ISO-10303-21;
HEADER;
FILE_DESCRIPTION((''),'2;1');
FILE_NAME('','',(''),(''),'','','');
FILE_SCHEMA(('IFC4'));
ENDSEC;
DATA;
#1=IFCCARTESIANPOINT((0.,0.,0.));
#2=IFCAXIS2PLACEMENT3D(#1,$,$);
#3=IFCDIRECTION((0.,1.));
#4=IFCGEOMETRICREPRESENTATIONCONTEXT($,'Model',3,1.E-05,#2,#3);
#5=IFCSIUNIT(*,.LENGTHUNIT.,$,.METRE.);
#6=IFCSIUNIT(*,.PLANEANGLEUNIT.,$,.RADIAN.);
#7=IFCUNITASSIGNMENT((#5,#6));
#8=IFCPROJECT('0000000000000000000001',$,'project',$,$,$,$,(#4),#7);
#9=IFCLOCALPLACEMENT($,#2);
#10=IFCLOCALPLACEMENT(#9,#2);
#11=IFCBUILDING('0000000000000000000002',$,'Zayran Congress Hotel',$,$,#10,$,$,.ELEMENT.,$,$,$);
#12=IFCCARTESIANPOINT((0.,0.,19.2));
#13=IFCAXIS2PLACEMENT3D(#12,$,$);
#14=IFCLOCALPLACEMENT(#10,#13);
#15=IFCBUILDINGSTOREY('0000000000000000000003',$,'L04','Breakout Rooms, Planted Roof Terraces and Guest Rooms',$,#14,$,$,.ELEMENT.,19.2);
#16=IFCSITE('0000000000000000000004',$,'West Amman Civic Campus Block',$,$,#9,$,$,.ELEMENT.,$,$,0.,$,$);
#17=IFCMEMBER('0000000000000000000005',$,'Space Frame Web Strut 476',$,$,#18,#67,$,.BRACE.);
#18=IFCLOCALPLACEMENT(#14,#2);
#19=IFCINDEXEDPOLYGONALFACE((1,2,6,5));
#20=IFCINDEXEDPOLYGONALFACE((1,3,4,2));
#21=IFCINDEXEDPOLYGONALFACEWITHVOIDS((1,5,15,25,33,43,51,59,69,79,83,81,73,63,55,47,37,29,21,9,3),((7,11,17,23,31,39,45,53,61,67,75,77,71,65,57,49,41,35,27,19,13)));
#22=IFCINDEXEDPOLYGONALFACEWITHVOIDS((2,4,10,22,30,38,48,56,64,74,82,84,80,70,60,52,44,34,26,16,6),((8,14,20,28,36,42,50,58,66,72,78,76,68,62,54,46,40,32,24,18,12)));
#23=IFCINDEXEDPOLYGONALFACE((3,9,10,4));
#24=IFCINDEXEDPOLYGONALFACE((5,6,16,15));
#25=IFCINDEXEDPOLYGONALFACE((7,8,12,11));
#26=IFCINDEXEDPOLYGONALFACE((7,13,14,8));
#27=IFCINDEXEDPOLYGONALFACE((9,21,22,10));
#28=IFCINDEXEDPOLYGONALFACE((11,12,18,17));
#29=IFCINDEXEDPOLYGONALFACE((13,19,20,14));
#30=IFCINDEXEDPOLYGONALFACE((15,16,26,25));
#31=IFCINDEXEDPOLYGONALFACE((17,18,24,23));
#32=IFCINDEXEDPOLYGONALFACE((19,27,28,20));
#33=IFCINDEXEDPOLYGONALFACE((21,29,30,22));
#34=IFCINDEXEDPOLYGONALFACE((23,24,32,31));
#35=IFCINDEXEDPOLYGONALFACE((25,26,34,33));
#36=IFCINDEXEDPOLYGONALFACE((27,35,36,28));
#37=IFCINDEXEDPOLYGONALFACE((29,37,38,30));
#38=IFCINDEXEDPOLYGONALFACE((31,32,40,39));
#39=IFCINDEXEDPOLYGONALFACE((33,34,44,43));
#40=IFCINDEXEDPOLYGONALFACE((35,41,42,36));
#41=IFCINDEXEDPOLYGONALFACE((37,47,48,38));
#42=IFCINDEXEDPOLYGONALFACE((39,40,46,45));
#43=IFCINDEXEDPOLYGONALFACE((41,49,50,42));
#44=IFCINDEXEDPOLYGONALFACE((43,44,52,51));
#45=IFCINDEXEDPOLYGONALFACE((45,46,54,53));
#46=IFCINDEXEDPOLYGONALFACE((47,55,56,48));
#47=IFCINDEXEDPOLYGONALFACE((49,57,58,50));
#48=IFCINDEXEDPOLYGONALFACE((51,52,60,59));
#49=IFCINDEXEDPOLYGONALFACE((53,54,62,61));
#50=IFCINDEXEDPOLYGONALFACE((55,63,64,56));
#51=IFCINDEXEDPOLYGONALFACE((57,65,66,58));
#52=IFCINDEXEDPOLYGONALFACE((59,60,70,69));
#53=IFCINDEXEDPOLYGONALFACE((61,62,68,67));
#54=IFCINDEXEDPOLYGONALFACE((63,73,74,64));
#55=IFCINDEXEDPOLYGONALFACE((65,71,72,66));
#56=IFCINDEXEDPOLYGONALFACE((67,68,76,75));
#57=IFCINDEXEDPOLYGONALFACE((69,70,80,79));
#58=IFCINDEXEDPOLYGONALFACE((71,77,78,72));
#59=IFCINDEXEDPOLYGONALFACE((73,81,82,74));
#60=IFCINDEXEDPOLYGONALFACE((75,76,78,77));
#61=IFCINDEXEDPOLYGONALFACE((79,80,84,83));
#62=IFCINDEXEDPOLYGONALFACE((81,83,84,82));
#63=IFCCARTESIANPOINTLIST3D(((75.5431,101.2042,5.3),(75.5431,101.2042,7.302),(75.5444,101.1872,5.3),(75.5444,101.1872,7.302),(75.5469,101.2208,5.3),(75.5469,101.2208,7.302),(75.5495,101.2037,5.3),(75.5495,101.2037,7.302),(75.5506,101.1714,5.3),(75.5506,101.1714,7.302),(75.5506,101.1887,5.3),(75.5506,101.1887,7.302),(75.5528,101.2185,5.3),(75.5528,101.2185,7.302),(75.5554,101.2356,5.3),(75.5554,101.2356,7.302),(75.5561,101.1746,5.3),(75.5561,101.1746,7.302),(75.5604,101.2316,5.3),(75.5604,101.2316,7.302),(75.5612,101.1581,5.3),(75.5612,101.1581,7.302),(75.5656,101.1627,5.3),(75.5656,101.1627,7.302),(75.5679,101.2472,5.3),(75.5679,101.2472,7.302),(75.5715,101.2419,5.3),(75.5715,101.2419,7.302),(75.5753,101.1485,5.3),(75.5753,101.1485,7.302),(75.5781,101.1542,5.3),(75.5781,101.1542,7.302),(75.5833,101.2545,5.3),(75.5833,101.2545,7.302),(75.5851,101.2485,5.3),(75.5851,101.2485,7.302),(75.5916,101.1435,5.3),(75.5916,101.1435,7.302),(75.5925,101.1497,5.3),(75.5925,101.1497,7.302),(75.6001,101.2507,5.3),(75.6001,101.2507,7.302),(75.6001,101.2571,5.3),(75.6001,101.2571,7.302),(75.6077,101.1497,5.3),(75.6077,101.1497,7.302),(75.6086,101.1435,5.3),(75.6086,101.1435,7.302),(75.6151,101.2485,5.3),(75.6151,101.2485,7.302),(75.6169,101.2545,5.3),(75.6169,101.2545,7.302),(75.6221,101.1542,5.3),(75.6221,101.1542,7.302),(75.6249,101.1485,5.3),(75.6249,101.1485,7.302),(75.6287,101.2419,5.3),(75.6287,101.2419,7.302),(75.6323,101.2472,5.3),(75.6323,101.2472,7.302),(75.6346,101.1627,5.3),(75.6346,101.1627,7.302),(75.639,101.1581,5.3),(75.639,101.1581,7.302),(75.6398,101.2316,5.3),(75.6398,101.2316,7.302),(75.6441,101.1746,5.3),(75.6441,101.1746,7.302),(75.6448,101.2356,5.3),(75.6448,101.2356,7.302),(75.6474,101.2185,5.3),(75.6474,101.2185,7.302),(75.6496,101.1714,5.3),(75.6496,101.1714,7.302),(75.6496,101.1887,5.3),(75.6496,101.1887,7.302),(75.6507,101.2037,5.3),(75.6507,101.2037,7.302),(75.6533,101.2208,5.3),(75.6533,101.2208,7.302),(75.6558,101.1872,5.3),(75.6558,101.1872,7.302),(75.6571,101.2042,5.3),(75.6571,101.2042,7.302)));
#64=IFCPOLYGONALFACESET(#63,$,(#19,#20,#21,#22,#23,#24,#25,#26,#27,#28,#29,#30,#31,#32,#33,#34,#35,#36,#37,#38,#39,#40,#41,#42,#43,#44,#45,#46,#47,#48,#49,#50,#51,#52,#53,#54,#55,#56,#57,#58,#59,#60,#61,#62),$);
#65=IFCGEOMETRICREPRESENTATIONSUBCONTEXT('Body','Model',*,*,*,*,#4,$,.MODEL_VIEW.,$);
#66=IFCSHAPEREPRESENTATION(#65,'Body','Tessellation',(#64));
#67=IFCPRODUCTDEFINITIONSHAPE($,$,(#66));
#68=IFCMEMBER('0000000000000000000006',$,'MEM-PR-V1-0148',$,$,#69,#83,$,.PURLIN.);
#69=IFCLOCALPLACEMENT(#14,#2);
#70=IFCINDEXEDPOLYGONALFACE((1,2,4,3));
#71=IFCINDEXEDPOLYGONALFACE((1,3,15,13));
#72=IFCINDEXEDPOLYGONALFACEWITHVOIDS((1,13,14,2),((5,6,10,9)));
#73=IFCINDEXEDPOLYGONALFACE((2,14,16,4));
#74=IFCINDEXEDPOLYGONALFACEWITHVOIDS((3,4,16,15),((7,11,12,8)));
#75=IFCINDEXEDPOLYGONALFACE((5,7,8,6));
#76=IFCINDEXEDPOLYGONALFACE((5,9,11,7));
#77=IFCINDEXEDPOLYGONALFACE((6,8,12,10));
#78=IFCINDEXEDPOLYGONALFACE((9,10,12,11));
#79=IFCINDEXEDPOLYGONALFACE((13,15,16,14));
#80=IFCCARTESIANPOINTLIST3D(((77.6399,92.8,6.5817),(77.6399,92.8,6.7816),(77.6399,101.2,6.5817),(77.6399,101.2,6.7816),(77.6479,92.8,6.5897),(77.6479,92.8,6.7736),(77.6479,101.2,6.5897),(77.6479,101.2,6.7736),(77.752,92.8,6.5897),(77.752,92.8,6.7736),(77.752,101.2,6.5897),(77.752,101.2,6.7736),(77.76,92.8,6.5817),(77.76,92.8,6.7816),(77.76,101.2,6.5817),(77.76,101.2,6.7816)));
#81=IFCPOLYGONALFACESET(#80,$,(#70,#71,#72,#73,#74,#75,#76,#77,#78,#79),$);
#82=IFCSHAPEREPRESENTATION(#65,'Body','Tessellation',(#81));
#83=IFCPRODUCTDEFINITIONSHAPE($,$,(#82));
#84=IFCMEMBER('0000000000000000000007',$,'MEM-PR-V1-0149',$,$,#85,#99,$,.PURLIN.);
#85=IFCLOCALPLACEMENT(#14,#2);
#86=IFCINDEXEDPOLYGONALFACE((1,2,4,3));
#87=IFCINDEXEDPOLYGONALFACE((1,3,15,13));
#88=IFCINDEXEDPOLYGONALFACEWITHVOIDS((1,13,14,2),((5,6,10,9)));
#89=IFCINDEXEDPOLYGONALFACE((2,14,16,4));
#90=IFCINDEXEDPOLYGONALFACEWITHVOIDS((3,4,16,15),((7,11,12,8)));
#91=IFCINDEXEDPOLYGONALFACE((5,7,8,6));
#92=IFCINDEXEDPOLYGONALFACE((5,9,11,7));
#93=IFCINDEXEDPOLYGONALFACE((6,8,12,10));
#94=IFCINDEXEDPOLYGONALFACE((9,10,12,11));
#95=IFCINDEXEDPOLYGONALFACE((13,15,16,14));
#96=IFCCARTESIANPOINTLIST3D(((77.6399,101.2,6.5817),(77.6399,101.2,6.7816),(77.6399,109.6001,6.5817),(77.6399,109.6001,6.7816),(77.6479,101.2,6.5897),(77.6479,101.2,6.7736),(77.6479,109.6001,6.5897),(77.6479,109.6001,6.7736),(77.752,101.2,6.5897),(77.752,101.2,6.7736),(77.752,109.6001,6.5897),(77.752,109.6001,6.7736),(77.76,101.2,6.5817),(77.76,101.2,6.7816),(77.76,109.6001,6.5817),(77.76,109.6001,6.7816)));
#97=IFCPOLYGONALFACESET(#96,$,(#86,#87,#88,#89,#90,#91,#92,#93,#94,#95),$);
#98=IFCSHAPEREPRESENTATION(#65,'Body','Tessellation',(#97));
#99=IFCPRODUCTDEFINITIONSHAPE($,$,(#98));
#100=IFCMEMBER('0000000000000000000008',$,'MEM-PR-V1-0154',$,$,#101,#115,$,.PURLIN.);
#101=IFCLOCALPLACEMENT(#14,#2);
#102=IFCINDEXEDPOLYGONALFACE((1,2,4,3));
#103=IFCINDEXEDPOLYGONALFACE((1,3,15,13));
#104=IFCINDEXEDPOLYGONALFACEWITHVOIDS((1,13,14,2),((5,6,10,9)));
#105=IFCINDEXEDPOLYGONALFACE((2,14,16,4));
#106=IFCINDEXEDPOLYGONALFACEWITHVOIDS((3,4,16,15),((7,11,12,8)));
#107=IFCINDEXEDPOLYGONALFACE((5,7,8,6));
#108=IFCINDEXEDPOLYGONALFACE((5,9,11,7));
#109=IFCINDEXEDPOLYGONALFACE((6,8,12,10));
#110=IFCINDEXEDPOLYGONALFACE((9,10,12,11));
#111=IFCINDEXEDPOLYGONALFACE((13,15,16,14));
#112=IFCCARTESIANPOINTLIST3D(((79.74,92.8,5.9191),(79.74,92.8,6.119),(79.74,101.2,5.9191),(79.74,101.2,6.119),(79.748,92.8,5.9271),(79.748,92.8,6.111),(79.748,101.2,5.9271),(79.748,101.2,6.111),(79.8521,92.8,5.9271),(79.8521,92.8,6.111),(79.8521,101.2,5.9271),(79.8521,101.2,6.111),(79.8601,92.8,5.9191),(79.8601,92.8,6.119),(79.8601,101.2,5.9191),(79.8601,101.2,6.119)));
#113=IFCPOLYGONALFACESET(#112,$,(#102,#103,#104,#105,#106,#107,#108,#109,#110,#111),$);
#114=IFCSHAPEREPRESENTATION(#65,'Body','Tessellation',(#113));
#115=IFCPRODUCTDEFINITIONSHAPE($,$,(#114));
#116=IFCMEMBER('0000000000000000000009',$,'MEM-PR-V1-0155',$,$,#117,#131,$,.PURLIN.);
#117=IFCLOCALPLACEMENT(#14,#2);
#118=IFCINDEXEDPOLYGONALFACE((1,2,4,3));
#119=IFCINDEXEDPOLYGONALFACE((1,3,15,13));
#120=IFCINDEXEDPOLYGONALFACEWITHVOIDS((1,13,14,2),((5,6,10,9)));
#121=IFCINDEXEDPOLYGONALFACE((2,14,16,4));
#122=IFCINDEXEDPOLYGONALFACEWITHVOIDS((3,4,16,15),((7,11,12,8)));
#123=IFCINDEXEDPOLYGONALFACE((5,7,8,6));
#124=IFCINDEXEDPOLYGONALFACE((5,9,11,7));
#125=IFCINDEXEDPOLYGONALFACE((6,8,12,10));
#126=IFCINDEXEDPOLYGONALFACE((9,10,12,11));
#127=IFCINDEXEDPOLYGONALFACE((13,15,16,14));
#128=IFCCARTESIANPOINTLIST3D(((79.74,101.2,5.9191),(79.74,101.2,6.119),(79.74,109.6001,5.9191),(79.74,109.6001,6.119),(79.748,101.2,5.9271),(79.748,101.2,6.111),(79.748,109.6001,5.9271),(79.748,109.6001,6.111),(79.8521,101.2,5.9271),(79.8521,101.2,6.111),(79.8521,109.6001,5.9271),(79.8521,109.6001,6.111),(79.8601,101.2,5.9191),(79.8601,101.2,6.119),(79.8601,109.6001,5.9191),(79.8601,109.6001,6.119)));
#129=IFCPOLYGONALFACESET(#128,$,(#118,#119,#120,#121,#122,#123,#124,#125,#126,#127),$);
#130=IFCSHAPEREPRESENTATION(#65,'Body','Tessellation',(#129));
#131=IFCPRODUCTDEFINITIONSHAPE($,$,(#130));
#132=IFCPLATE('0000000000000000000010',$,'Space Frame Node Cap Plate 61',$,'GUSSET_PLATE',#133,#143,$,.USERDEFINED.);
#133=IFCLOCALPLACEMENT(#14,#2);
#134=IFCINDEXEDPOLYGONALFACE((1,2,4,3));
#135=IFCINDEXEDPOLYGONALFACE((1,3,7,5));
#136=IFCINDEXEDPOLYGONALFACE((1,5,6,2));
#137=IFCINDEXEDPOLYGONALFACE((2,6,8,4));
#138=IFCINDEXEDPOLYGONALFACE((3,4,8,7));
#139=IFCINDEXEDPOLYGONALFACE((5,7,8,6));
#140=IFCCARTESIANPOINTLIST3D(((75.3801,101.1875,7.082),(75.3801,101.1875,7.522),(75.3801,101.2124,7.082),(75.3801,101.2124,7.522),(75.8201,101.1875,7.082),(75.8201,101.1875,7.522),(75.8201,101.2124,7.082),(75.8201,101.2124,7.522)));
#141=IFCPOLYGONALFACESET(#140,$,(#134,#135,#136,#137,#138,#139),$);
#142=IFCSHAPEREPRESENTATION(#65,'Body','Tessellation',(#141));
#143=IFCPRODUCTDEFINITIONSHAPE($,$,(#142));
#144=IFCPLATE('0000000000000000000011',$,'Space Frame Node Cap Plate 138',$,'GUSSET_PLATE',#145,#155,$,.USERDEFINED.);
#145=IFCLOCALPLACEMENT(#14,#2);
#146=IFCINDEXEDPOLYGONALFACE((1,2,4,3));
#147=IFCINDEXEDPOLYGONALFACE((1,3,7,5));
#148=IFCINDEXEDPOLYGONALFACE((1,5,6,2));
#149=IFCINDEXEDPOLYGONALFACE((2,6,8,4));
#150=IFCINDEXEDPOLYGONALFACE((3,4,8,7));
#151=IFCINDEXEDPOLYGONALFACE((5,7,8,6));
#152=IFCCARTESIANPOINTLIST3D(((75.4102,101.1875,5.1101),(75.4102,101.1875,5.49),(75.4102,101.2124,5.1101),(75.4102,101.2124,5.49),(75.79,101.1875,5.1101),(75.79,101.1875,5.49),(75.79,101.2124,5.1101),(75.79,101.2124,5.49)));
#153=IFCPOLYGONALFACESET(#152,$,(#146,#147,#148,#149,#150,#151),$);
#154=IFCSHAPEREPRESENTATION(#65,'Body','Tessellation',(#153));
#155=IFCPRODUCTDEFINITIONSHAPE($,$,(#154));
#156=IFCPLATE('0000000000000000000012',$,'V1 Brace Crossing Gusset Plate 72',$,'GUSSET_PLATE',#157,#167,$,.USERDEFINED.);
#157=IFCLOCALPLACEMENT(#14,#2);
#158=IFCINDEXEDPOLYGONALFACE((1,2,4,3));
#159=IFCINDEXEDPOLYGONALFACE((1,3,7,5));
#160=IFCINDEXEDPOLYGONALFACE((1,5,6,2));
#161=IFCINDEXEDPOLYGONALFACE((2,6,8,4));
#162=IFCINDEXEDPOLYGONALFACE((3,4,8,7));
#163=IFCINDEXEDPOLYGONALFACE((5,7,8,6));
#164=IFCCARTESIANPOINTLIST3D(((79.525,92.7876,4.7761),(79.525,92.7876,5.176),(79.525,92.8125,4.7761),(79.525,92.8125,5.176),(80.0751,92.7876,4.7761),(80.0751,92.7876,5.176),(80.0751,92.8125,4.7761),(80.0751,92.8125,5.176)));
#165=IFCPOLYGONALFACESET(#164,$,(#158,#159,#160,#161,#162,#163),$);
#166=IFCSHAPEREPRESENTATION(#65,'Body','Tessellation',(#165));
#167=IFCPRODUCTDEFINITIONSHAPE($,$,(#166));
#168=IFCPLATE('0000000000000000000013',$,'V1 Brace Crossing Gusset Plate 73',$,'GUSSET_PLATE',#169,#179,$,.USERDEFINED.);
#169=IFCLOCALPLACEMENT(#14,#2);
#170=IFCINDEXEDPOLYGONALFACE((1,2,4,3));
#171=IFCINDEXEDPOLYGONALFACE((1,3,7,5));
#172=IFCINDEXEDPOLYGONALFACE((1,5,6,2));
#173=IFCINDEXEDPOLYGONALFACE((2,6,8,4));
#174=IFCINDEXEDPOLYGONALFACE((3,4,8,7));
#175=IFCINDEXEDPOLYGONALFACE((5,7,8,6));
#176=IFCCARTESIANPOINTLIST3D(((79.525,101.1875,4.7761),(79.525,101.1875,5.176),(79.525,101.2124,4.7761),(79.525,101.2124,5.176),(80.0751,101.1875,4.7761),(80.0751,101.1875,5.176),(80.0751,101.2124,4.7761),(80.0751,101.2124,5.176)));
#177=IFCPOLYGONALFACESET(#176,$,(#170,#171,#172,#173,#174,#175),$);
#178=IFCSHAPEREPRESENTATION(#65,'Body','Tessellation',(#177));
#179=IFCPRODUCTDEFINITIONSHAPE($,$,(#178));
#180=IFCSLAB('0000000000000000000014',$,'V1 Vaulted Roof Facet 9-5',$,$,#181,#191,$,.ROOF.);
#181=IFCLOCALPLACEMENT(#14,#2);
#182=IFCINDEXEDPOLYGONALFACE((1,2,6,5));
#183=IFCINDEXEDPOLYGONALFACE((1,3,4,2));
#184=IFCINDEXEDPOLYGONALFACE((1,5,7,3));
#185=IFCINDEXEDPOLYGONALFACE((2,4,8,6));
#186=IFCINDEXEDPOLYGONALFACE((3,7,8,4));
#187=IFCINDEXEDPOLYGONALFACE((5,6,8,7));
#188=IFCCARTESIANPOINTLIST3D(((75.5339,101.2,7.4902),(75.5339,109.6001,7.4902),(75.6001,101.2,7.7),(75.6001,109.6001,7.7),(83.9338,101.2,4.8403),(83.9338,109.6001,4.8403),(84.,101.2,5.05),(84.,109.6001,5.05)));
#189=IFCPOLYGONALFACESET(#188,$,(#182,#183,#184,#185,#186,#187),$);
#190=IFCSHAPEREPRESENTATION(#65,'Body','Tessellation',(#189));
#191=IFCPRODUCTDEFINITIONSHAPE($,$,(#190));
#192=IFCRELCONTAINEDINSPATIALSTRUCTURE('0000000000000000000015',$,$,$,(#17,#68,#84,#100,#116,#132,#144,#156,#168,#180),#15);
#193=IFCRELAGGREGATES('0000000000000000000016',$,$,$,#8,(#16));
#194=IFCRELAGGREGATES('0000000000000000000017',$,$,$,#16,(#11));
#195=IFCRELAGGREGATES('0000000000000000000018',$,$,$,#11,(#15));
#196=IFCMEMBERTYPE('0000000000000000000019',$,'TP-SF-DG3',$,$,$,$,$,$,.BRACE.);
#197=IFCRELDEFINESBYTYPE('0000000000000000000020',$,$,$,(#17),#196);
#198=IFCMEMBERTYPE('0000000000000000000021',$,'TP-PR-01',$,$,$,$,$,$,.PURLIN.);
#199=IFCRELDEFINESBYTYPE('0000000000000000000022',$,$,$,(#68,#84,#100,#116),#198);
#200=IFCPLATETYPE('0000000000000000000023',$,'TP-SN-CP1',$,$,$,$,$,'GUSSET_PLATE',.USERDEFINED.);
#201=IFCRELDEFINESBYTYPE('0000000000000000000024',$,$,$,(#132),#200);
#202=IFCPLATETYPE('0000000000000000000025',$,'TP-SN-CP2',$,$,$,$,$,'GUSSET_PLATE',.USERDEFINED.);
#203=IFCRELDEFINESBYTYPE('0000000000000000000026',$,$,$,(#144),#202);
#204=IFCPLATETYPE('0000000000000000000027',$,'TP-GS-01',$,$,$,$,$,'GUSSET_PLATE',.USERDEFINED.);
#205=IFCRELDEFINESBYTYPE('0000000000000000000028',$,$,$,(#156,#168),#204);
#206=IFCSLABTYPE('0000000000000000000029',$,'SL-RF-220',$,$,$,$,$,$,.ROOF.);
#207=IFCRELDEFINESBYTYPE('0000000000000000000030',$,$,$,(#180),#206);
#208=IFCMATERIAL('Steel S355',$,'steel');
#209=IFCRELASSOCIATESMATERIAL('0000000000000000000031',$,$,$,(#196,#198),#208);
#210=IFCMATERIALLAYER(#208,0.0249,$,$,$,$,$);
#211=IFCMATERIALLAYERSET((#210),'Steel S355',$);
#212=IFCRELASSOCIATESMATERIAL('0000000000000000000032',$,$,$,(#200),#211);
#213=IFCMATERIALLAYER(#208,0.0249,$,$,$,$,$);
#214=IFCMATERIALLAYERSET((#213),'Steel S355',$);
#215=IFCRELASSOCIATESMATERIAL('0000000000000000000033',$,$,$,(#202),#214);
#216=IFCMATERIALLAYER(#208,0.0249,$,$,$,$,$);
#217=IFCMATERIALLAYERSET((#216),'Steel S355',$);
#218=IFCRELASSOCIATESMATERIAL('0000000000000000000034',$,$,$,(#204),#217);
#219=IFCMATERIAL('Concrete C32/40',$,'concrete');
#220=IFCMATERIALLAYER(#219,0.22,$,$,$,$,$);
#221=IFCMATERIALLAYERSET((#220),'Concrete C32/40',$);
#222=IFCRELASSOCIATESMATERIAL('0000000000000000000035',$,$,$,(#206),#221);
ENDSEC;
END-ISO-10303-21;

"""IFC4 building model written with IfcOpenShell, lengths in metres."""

from ifc_helpers import new_model, si_unit, direction, frame, origin, origin_2d, place, context, subcontext, project, spatial, polyline, rectangle, hollow_rectangle, hollow_circle, outline, extrude, material, layer, layer_set, material_profile, profile_set, type_object, element, save


model = new_model("IFC4")

# Units and contexts
model_context = context("Model", 3, precision=1e-05, world=origin(), true_north=direction((0.0, 1.0)))
body_context = subcontext(model_context, "Body", "Model", "MODEL_VIEW")
ifc_project = project(units=[si_unit("LENGTHUNIT", "METRE"), si_unit("PLANEANGLEUNIT", "RADIAN")], contexts=[model_context])

# Site, building, storey
site_placement = place(None, origin())
site = spatial("IfcSite", under=ifc_project, at=site_placement, Name="West Amman Civic Campus Block", CompositionType="ELEMENT", RefElevation=0.0)
building_placement = place(site_placement, origin())
building = spatial("IfcBuilding", under=site, at=building_placement, Name="Zayran Congress Hotel", CompositionType="ELEMENT")
storey_placement = place(building_placement, frame((0.0, 0.0, 19.2)))
storey = spatial("IfcBuildingStorey", under=building, at=storey_placement, Name="L04", Description="Breakout Rooms, Planted Roof Terraces and Guest Rooms", CompositionType="ELEMENT", Elevation=19.2)

# Members
ifc_material_1 = material(Name="Steel S355", Category="steel")
ifc_material_profile_1 = material_profile(ifc_material_1, hollow_circle(Radius=0.0571, WallThickness=0.0063, at=origin_2d()), Name="CHS 114.3x6.3")
ifc_profile_set_1 = profile_set([ifc_material_profile_1], Name="Steel S355")
member_type_1 = type_object("IfcMemberType", Name="TP-SF-DG3", PredefinedType="BRACE", material=ifc_profile_set_1)
for number, where, z_axis, x_axis, name in (
    (1, (75.6001, 101.2, 5.3), (0.0, 0.0, 1.0), (0.0, 1.0, 0.0), "Space Frame Web Strut 476"),
):
    element("IfcMember", number, at=place(storey_placement, frame(where, z_axis=z_axis, x_axis=x_axis)), inside=storey, type_object=member_type_1, Name=name, PredefinedType="BRACE", context=body_context, shape_type="SweptSolid", body=[
        extrude(hollow_circle(Radius=0.0571, WallThickness=0.0063, at=origin_2d()), origin(), (0.0, 0.0, 1.0), 2.002),
    ])
ifc_material_profile_2 = material_profile(ifc_material_1, hollow_rectangle(XDim=0.1201, YDim=0.2, WallThickness=0.0081, at=origin_2d()), Name="RHS 200x120x8")
ifc_profile_set_2 = profile_set([ifc_material_profile_2], Name="Steel S355")
member_type_2 = type_object("IfcMemberType", Name="TP-PR-01", PredefinedType="PURLIN", material=ifc_profile_set_2)
member_1_placement = place(storey_placement, frame((77.7, 92.8, 6.6816), z_axis=(0.0, 1.0, 0.0), x_axis=(-1.0, 0.0, 0.0)))
element("IfcMember", 2, at=member_1_placement, inside=storey, type_object=member_type_2, Name="MEM-PR-V1-0148", PredefinedType="PURLIN", context=body_context, shape_type="SweptSolid", body=[
    extrude(hollow_rectangle(XDim=0.1201, YDim=0.2, WallThickness=0.0081, at=origin_2d()), origin(), (0.0, 0.0, 1.0), 8.3999),
])
member_2_placement = place(storey_placement, frame((77.7, 101.2, 6.6816), z_axis=(0.0, 1.0, 0.0), x_axis=(-1.0, 0.0, 0.0)))
element("IfcMember", 3, at=member_2_placement, inside=storey, type_object=member_type_2, Name="MEM-PR-V1-0149", PredefinedType="PURLIN", context=body_context, shape_type="SweptSolid", body=[
    extrude(hollow_rectangle(XDim=0.1201, YDim=0.2, WallThickness=0.0081, at=origin_2d()), origin(), (0.0, 0.0, 1.0), 8.4001),
])
member_3_placement = place(storey_placement, frame((79.8, 92.8, 6.019), z_axis=(0.0, 1.0, 0.0), x_axis=(-1.0, 0.0, 0.0)))
element("IfcMember", 4, at=member_3_placement, inside=storey, type_object=member_type_2, Name="MEM-PR-V1-0154", PredefinedType="PURLIN", context=body_context, shape_type="SweptSolid", body=[
    extrude(hollow_rectangle(XDim=0.1201, YDim=0.2, WallThickness=0.0081, at=origin_2d()), origin(), (0.0, 0.0, 1.0), 8.3999),
])
member_4_placement = place(storey_placement, frame((79.8, 101.2, 6.019), z_axis=(0.0, 1.0, 0.0), x_axis=(-1.0, 0.0, 0.0)))
element("IfcMember", 5, at=member_4_placement, inside=storey, type_object=member_type_2, Name="MEM-PR-V1-0155", PredefinedType="PURLIN", context=body_context, shape_type="SweptSolid", body=[
    extrude(hollow_rectangle(XDim=0.1201, YDim=0.2, WallThickness=0.0081, at=origin_2d()), origin(), (0.0, 0.0, 1.0), 8.4001),
])

# Plates
ifc_layer_1 = layer(ifc_material_1, 0.0249)
ifc_layer_set_1 = layer_set([ifc_layer_1], Name="Steel S355")
plate_type_1 = type_object("IfcPlateType", Name="TP-SN-CP1", ElementType="GUSSET_PLATE", PredefinedType="USERDEFINED", material=ifc_layer_set_1)
plate_1_placement = place(storey_placement, frame((75.6001, 101.2, 7.082), z_axis=(0.0, 0.0, 1.0), x_axis=(1.0, 0.0, 0.0)))
element("IfcPlate", 6, at=plate_1_placement, inside=storey, type_object=plate_type_1, Name="Space Frame Node Cap Plate 61", ObjectType="GUSSET_PLATE", PredefinedType="USERDEFINED", context=body_context, shape_type="SweptSolid", body=[
    extrude(rectangle(XDim=0.4399, YDim=0.0249, at=origin_2d()), origin(), (0.0, 0.0, 1.0), 0.4399),
])
ifc_layer_2 = layer(ifc_material_1, 0.0249)
ifc_layer_set_2 = layer_set([ifc_layer_2], Name="Steel S355")
plate_type_2 = type_object("IfcPlateType", Name="TP-SN-CP2", ElementType="GUSSET_PLATE", PredefinedType="USERDEFINED", material=ifc_layer_set_2)
plate_2_placement = place(storey_placement, frame((75.6001, 101.2, 5.1101), z_axis=(0.0, 0.0, 1.0), x_axis=(1.0, 0.0, 0.0)))
element("IfcPlate", 7, at=plate_2_placement, inside=storey, type_object=plate_type_2, Name="Space Frame Node Cap Plate 138", ObjectType="GUSSET_PLATE", PredefinedType="USERDEFINED", context=body_context, shape_type="SweptSolid", body=[
    extrude(rectangle(XDim=0.3799, YDim=0.0249, at=origin_2d()), origin(), (0.0, 0.0, 1.0), 0.3799),
])
ifc_layer_3 = layer(ifc_material_1, 0.0249)
ifc_layer_set_3 = layer_set([ifc_layer_3], Name="Steel S355")
plate_type_3 = type_object("IfcPlateType", Name="TP-GS-01", ElementType="GUSSET_PLATE", PredefinedType="USERDEFINED", material=ifc_layer_set_3)
for number, where, z_axis, x_axis, name in (
    (8, (79.8, 92.8, 4.7761), (0.0, 0.0, 1.0), (1.0, 0.0, 0.0), "V1 Brace Crossing Gusset Plate 72"),
    (9, (79.8, 101.2, 4.7761), (0.0, 0.0, 1.0), (1.0, 0.0, 0.0), "V1 Brace Crossing Gusset Plate 73"),
):
    element("IfcPlate", number, at=place(storey_placement, frame(where, z_axis=z_axis, x_axis=x_axis)), inside=storey, type_object=plate_type_3, Name=name, ObjectType="GUSSET_PLATE", PredefinedType="USERDEFINED", context=body_context, shape_type="SweptSolid", body=[
        extrude(rectangle(XDim=0.55, YDim=0.0249, at=origin_2d()), origin(), (0.0, 0.0, 1.0), 0.3999),
    ])

# Slab
ifc_material_2 = material(Name="Concrete C32/40", Category="concrete")
ifc_layer_4 = layer(ifc_material_2, 0.22)
ifc_layer_set_4 = layer_set([ifc_layer_4], Name="Concrete C32/40")
slab_type = type_object("IfcSlabType", Name="SL-RF-220", PredefinedType="ROOF", material=ifc_layer_set_4)
slab_placement = place(storey_placement, frame((75.6001, 101.2, 7.7), z_axis=(0.300853, 0.0, 0.953671), x_axis=(0.953671, 0.0, -0.300853)))
element("IfcSlab", 10, at=slab_placement, inside=storey, type_object=slab_type, Name="V1 Vaulted Roof Facet 9-5", PredefinedType="ROOF", context=body_context, shape_type="SweptSolid", body=[
    extrude(outline(polyline([(0.0, 0.0), (8.808, 0.0), (8.808, 8.4001), (0.0, 8.4001), (0.0, 0.0)])), origin(), (0.0, 0.0, -1.0), 0.22),
])

save(model, "model.ifc")
